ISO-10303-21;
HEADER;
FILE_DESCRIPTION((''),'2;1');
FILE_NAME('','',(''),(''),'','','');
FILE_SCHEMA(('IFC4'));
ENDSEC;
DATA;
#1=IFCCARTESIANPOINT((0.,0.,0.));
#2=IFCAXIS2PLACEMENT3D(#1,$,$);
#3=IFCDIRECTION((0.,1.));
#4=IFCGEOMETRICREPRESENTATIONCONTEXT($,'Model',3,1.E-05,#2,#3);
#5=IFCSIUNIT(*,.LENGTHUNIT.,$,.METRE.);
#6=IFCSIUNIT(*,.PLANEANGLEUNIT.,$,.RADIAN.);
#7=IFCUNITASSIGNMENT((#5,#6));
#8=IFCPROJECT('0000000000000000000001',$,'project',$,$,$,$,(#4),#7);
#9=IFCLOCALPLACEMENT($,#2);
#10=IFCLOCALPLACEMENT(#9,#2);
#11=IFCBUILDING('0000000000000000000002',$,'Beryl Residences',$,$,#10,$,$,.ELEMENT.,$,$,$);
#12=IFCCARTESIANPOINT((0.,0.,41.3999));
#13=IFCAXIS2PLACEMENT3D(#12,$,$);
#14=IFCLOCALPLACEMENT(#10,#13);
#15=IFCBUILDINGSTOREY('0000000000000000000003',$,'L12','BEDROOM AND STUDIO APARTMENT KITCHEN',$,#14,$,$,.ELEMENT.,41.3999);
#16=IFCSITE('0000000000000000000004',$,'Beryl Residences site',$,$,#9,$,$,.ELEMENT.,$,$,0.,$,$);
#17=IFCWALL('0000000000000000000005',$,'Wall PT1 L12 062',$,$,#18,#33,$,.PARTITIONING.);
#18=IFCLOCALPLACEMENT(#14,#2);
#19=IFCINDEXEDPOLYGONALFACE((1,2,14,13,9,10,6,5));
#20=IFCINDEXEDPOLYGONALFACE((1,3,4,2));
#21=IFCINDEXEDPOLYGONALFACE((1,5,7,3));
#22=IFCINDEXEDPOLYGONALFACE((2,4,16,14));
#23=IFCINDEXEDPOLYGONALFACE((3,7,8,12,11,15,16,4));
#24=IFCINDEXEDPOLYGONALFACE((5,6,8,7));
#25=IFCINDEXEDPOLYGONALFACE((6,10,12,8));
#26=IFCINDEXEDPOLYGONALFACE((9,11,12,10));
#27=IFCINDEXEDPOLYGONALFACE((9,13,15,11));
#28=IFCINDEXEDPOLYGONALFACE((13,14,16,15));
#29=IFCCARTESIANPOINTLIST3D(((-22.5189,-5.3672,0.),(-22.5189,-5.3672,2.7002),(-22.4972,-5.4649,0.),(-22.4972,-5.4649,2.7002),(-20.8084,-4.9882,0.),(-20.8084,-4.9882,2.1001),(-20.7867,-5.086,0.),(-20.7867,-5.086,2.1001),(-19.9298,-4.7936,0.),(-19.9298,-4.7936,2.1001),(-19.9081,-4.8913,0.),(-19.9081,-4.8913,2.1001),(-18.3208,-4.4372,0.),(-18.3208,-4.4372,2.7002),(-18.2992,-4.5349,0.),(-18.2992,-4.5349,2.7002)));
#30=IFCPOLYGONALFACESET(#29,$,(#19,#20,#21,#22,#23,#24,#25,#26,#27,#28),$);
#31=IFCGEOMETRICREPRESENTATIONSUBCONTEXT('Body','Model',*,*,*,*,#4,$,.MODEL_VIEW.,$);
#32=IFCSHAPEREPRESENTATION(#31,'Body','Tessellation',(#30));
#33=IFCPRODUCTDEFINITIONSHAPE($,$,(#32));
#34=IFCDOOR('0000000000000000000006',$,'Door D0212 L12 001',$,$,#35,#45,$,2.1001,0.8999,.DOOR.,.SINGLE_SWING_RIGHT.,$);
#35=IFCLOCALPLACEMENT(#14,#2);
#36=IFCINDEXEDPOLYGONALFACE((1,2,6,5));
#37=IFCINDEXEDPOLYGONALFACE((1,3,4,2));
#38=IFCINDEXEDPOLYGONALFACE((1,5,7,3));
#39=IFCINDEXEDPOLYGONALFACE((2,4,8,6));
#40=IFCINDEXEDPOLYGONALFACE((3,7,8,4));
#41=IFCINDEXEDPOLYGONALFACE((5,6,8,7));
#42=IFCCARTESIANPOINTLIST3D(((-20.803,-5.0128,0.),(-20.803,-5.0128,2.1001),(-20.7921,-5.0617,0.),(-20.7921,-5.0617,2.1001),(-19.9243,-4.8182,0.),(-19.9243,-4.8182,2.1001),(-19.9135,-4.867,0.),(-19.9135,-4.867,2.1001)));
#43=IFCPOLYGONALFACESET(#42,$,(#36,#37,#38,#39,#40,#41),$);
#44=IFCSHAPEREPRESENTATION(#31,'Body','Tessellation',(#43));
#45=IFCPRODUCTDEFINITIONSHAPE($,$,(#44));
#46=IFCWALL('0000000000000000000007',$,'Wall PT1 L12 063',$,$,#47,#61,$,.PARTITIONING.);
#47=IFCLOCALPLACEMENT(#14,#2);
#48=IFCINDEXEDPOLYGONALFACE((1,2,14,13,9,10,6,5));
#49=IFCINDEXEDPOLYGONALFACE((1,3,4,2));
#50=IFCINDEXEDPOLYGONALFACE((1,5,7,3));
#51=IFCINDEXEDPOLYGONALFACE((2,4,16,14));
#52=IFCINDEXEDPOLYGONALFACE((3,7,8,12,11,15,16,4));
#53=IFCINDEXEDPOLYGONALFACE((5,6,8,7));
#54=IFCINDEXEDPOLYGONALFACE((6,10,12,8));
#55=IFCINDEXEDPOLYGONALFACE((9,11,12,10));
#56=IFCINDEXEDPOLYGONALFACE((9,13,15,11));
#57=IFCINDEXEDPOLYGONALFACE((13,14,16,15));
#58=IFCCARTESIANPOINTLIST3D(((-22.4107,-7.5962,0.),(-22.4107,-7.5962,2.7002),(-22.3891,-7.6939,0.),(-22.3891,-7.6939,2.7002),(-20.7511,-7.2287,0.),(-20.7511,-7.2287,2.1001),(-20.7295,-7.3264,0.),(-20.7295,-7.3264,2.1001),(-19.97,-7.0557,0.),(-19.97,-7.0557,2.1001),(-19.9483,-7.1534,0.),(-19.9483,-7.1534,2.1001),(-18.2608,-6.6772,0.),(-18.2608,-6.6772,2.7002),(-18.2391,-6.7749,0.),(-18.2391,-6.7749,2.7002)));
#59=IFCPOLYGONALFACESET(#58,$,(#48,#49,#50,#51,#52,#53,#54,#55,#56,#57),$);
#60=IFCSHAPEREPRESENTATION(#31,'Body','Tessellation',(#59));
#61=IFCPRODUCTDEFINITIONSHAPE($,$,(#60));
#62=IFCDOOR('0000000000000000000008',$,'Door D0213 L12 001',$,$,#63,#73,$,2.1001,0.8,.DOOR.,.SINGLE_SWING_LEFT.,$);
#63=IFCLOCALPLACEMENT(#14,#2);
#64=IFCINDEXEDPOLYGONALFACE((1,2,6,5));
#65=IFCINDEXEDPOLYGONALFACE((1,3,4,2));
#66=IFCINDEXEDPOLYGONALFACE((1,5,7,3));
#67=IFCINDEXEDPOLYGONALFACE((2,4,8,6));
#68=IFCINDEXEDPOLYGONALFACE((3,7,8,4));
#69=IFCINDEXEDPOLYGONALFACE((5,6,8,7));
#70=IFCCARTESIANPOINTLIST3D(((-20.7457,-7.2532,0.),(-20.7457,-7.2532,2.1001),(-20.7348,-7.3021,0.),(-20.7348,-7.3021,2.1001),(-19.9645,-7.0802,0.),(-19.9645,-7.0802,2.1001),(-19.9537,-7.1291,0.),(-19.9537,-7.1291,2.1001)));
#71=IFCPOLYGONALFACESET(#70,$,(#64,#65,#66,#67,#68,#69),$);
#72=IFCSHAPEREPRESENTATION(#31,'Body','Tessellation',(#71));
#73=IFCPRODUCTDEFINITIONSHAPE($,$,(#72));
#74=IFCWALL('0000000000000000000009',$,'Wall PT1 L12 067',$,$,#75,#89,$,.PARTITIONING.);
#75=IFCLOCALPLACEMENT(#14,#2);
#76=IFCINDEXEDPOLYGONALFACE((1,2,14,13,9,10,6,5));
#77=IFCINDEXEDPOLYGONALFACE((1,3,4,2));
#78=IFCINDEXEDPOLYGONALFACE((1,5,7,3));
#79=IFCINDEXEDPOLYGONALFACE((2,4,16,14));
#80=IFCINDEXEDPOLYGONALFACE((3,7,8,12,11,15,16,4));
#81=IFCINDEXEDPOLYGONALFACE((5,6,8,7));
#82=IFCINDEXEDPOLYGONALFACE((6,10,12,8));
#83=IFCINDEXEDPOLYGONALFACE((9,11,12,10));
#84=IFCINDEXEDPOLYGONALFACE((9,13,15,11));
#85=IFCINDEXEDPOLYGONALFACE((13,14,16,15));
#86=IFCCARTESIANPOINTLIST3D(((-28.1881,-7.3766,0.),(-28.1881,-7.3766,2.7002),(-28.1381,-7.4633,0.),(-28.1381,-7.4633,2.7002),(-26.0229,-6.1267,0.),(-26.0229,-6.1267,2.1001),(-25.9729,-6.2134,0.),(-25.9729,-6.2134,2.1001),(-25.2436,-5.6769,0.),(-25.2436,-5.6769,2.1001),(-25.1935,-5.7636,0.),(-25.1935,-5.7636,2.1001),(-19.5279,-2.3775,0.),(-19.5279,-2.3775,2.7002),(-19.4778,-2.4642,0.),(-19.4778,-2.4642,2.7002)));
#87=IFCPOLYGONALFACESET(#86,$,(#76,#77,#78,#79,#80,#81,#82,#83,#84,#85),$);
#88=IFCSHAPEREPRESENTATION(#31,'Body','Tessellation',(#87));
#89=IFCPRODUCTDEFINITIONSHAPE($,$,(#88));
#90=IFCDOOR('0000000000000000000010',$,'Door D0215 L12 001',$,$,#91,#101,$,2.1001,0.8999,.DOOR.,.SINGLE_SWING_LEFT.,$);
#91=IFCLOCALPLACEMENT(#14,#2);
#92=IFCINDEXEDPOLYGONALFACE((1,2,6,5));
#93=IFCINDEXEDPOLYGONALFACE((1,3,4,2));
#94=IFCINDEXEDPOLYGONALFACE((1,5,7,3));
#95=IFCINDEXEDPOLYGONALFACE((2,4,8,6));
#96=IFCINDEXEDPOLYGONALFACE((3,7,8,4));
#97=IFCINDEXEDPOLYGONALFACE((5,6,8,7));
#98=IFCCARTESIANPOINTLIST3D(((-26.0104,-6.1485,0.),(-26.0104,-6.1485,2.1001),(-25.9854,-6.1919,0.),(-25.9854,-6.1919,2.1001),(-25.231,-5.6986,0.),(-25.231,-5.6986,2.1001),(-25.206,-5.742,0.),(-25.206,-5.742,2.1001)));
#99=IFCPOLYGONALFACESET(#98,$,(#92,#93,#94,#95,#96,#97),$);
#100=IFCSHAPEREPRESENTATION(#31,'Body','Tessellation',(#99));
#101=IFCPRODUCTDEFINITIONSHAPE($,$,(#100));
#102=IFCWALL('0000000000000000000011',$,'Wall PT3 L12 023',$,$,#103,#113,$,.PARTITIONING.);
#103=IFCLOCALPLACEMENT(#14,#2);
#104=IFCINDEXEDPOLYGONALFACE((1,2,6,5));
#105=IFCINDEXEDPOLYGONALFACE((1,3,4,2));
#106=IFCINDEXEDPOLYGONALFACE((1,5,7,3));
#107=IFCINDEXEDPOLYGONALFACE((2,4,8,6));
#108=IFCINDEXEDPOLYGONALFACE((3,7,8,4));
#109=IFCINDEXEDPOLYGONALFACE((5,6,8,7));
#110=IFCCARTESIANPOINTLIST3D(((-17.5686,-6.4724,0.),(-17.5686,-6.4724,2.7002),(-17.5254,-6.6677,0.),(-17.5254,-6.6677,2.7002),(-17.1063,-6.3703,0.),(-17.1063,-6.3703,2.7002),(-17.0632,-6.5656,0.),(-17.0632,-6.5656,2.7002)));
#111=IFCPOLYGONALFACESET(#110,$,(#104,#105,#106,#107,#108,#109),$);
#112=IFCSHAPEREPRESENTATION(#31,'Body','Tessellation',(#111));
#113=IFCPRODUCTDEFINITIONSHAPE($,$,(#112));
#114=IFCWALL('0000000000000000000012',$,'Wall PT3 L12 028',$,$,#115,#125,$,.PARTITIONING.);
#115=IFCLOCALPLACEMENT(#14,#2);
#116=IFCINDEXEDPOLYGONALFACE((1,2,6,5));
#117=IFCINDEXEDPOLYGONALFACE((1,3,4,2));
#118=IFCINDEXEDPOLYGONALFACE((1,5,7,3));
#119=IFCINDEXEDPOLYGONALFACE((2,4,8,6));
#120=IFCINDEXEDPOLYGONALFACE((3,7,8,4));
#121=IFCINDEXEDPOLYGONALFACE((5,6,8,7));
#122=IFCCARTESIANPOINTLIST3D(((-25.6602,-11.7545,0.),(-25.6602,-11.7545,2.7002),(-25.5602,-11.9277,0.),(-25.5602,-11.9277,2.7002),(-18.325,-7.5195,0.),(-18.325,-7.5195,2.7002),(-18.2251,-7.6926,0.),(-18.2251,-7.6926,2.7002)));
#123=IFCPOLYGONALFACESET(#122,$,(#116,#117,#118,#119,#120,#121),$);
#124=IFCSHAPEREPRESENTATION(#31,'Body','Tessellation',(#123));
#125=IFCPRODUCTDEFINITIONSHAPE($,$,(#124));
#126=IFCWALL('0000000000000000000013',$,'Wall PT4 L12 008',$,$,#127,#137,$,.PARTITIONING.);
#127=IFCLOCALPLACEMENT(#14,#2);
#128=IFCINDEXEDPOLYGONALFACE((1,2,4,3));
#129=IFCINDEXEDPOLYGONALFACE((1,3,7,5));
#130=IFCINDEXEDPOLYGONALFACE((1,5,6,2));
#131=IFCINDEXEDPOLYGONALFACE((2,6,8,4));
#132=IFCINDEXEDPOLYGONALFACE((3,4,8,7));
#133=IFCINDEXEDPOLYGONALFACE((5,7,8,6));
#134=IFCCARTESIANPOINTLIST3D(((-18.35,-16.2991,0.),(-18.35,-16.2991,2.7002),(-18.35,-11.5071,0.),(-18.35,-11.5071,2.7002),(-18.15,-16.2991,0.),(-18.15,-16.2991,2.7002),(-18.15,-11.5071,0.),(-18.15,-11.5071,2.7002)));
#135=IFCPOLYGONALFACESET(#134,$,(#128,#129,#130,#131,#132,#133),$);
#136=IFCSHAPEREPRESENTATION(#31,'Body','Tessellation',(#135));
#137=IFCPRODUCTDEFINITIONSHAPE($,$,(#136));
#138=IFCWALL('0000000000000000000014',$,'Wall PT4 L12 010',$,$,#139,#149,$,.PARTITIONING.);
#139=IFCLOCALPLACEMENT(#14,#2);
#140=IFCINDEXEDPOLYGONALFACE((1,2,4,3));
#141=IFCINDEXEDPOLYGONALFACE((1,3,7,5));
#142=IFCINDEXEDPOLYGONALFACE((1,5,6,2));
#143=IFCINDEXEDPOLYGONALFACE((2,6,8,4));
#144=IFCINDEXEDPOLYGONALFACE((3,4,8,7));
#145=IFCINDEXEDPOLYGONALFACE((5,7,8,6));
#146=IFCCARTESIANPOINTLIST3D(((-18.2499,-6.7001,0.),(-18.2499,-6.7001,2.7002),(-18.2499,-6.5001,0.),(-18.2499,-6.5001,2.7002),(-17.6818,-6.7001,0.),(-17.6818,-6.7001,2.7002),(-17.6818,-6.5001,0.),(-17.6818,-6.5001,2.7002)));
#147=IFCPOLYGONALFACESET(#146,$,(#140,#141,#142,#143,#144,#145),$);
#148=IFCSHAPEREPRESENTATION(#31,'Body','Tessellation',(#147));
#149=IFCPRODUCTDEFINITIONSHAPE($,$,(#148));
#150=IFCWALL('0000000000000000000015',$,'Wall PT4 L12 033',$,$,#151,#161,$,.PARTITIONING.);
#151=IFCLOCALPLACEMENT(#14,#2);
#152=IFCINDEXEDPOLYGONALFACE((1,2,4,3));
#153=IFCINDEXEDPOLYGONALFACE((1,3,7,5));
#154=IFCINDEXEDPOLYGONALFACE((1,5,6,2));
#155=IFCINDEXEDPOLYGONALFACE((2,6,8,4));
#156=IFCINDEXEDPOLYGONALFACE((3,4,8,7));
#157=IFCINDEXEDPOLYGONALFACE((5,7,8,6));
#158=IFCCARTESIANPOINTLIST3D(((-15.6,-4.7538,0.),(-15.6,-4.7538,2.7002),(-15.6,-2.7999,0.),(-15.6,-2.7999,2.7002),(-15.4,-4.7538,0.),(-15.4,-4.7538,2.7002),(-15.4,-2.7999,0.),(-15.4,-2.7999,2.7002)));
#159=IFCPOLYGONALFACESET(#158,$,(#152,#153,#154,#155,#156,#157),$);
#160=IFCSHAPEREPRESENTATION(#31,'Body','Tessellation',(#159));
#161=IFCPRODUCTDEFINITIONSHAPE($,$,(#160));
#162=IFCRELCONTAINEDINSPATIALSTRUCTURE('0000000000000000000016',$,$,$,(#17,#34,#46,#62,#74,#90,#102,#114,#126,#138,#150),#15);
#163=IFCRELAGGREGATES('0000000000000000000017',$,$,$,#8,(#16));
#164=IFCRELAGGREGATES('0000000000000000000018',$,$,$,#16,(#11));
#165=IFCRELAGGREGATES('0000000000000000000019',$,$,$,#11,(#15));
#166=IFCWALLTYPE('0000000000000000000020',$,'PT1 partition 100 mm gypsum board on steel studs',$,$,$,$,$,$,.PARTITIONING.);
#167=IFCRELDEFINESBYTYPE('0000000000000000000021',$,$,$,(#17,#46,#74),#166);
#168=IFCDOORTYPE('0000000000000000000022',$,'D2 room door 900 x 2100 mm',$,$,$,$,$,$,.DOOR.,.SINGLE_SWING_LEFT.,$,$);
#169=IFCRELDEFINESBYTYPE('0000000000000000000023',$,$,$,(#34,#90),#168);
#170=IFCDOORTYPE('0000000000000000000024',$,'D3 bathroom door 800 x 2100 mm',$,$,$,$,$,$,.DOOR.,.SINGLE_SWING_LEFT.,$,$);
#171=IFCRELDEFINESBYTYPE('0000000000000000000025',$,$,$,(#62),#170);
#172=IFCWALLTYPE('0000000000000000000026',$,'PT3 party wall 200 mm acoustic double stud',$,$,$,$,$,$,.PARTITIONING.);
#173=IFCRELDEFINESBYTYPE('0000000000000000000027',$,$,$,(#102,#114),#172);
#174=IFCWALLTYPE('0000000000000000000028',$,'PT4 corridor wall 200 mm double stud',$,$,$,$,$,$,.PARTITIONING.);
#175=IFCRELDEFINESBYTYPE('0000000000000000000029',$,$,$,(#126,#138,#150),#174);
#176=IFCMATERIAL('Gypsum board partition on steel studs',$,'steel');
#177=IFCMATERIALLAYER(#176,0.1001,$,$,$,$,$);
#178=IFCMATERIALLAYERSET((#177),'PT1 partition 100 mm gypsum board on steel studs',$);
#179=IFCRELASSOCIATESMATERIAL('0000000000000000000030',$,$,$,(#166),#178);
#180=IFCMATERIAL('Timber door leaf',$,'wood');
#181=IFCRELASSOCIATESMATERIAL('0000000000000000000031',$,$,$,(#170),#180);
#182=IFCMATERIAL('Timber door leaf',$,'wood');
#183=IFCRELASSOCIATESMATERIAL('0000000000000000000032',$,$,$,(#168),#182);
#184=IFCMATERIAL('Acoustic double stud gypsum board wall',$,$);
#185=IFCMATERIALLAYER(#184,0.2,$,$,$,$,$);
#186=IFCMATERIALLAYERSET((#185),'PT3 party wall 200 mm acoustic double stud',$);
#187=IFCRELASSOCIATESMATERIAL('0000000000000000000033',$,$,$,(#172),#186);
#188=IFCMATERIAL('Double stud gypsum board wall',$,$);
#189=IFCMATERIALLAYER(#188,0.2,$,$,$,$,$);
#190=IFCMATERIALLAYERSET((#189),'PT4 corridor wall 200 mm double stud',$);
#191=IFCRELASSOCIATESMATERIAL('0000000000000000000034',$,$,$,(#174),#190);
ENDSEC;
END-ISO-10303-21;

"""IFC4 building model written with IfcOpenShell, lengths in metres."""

from ifc_helpers import new_model, si_unit, direction, frame, frame_2d, origin, place, context, subcontext, project, spatial, rectangle, extrude, material, layer, layer_set, type_object, element, fill, save


model = new_model("IFC4")

# Units and contexts
model_context = context("Model", 3, precision=1e-05, world=origin(), true_north=direction((0.0, 1.0)))
body_context = subcontext(model_context, "Body", "Model", "MODEL_VIEW")
ifc_project = project(units=[si_unit("LENGTHUNIT", "METRE"), si_unit("PLANEANGLEUNIT", "RADIAN")], contexts=[model_context])

# Site, building, storey
site_placement = place(None, origin())
site = spatial("IfcSite", under=ifc_project, at=site_placement, Name="Beryl Residences site", CompositionType="ELEMENT", RefElevation=0.0)
building_placement = place(site_placement, origin())
building = spatial("IfcBuilding", under=site, at=building_placement, Name="Beryl Residences", CompositionType="ELEMENT")
storey_placement = place(building_placement, frame((0.0, 0.0, 41.3999)))
storey = spatial("IfcBuildingStorey", under=building, at=storey_placement, Name="L12", Description="BEDROOM AND STUDIO APARTMENT KITCHEN", CompositionType="ELEMENT", Elevation=41.3999)

# Shared definitions
ifc_material_1 = material(Name="Gypsum board partition on steel studs", Category="steel")
ifc_layer_1 = layer(ifc_material_1, 0.1001)
ifc_layer_set_1 = layer_set([ifc_layer_1], Name="PT1 partition 100 mm gypsum board on steel studs")
wall_type_1 = type_object("IfcWallType", Name="PT1 partition 100 mm gypsum board on steel studs", PredefinedType="PARTITIONING", material=ifc_layer_set_1)

# Walls, openings, doors
ifc_material_2 = material(Name="Timber door leaf", Category="wood")
door_type_1 = type_object("IfcDoorType", Name="D3 bathroom door 800 x 2100 mm", OperationType="SINGLE_SWING_LEFT", PredefinedType="DOOR", material=ifc_material_2)
ifc_material_3 = material(Name="Timber door leaf", Category="wood")
door_type_2 = type_object("IfcDoorType", Name="D2 room door 900 x 2100 mm", OperationType="SINGLE_SWING_LEFT", PredefinedType="DOOR", material=ifc_material_3)
wall_1_placement = place(storey_placement, frame((-22.5081, -5.416, 0.0), z_axis=(0.0, 0.0, 1.0), x_axis=(0.976332, 0.216275, 0.0)))
wall_1 = element("IfcWall", 1, at=wall_1_placement, inside=storey, type_object=wall_type_1, Name="Wall PT1 L12 062", PredefinedType="PARTITIONING", context=body_context, shape_type="SweptSolid", body=[
    extrude(rectangle(XDim=4.2998, YDim=0.1001, at=frame_2d((2.1499, 0.0))), origin(), (0.0, 0.0, 1.0), 2.7002),
])
opening_1_placement = place(wall_1_placement, frame((1.752, 0.0, 0.0)))
opening_1 = element("IfcOpeningElement", 2, at=opening_1_placement, cuts=wall_1, PredefinedType="OPENING", context=body_context, shape_type="SweptSolid", body=[
    extrude(rectangle(XDim=0.8999, YDim=2.1001, at=frame_2d((0.45, 1.05))), frame((0.0, 0.0601, 0.0), z_axis=(0.0, -1.0, 0.0), x_axis=(1.0, 0.0, 0.0)), (0.0, 0.0, 1.0), 0.1201),
])
door_1_placement = place(opening_1_placement, origin())
door_1 = element("IfcDoor", 3, at=door_1_placement, inside=storey, type_object=door_type_2, Name="Door D0212 L12 001", OperationType="SINGLE_SWING_RIGHT", OverallHeight=2.1001, OverallWidth=0.8999, PredefinedType="DOOR", context=body_context, shape_type="SweptSolid", body=[
    extrude(rectangle(XDim=0.8999, YDim=2.1001, at=frame_2d((0.45, 1.05))), frame((0.0, 0.0249, 0.0), z_axis=(0.0, -1.0, 0.0), x_axis=(1.0, 0.0, 0.0)), (0.0, 0.0, 1.0), 0.05),
])
fill(opening_1, door_1)
wall_2_placement = place(storey_placement, frame((-22.3999, -7.645, 0.0), z_axis=(0.0, 0.0, 1.0), x_axis=(0.976349, 0.216201, 0.0)))
wall_2 = element("IfcWall", 4, at=wall_2_placement, inside=storey, type_object=wall_type_1, Name="Wall PT1 L12 063", PredefinedType="PARTITIONING", context=body_context, shape_type="SweptSolid", body=[
    extrude(rectangle(XDim=4.2505, YDim=0.1001, at=frame_2d((2.1252, 0.0))), origin(), (0.0, 0.0, 1.0), 2.7002),
])
opening_2_placement = place(wall_2_placement, frame((1.7, 0.0, 0.0)))
opening_2 = element("IfcOpeningElement", 5, at=opening_2_placement, cuts=wall_2, PredefinedType="OPENING", context=body_context, shape_type="SweptSolid", body=[
    extrude(rectangle(XDim=0.8, YDim=2.1001, at=frame_2d((0.3999, 1.05))), frame((0.0, 0.0601, 0.0), z_axis=(0.0, -1.0, 0.0), x_axis=(1.0, 0.0, 0.0)), (0.0, 0.0, 1.0), 0.1201),
])
door_2_placement = place(opening_2_placement, origin())
door_2 = element("IfcDoor", 6, at=door_2_placement, inside=storey, type_object=door_type_1, Name="Door D0213 L12 001", OperationType="SINGLE_SWING_LEFT", OverallHeight=2.1001, OverallWidth=0.8, PredefinedType="DOOR", context=body_context, shape_type="SweptSolid", body=[
    extrude(rectangle(XDim=0.8, YDim=2.1001, at=frame_2d((0.3999, 1.05))), frame((0.0, 0.0249, 0.0), z_axis=(0.0, -1.0, 0.0), x_axis=(1.0, 0.0, 0.0)), (0.0, 0.0, 1.0), 0.05),
])
fill(opening_2, door_2)
wall_3_placement = place(storey_placement, frame((-28.1631, -7.4199, 0.0), z_axis=(0.0, 0.0, 1.0), x_axis=(0.866065, 0.499931, 0.0)))
wall_3 = element("IfcWall", 7, at=wall_3_placement, inside=storey, type_object=wall_type_1, Name="Wall PT1 L12 067", PredefinedType="PARTITIONING", context=body_context, shape_type="SweptSolid", body=[
    extrude(rectangle(XDim=9.9995, YDim=0.1001, at=frame_2d((4.9998, 0.0))), origin(), (0.0, 0.0, 1.0), 2.7002),
])
opening_3_placement = place(wall_3_placement, frame((2.5, 0.0, 0.0)))
opening_3 = element("IfcOpeningElement", 8, at=opening_3_placement, cuts=wall_3, PredefinedType="OPENING", context=body_context, shape_type="SweptSolid", body=[
    extrude(rectangle(XDim=0.8999, YDim=2.1001, at=frame_2d((0.45, 1.05))), frame((0.0, 0.0601, 0.0), z_axis=(0.0, -1.0, 0.0), x_axis=(1.0, 0.0, 0.0)), (0.0, 0.0, 1.0), 0.1201),
])
door_3_placement = place(opening_3_placement, origin())
door_3 = element("IfcDoor", 9, at=door_3_placement, inside=storey, type_object=door_type_2, Name="Door D0215 L12 001", OperationType="SINGLE_SWING_LEFT", OverallHeight=2.1001, OverallWidth=0.8999, PredefinedType="DOOR", context=body_context, shape_type="SweptSolid", body=[
    extrude(rectangle(XDim=0.8999, YDim=2.1001, at=frame_2d((0.45, 1.05))), frame((0.0, 0.0249, 0.0), z_axis=(0.0, -1.0, 0.0), x_axis=(1.0, 0.0, 0.0)), (0.0, 0.0, 1.0), 0.05),
])
fill(opening_3, door_3)

# Walls
ifc_material_4 = material(Name="Acoustic double stud gypsum board wall")
ifc_layer_2 = layer(ifc_material_4, 0.2)
ifc_layer_set_2 = layer_set([ifc_layer_2], Name="PT3 party wall 200 mm acoustic double stud")
wall_type_2 = type_object("IfcWallType", Name="PT3 party wall 200 mm acoustic double stud", PredefinedType="PARTITIONING", material=ifc_layer_set_2)
wall_4_placement = place(storey_placement, frame((-17.5471, -6.5701, 0.0), z_axis=(0.0, 0.0, 1.0), x_axis=(0.976477, 0.215619, 0.0)))
element("IfcWall", 10, at=wall_4_placement, inside=storey, type_object=wall_type_2, Name="Wall PT3 L12 023", PredefinedType="PARTITIONING", context=body_context, shape_type="SweptSolid", body=[
    extrude(rectangle(XDim=0.4734, YDim=0.2, at=frame_2d((0.2368, 0.0))), origin(), (0.0, 0.0, 1.0), 2.7002),
])
wall_5_placement = place(storey_placement, frame((-25.6101, -11.8411, 0.0), z_axis=(0.0, 0.0, 1.0), x_axis=(0.866019, 0.500011, 0.0)))
element("IfcWall", 11, at=wall_5_placement, inside=storey, type_object=wall_type_2, Name="Wall PT3 L12 028", PredefinedType="PARTITIONING", context=body_context, shape_type="SweptSolid", body=[
    extrude(rectangle(XDim=8.47, YDim=0.2, at=frame_2d((4.2349, 0.0))), origin(), (0.0, 0.0, 1.0), 2.7002),
])
ifc_material_5 = material(Name="Double stud gypsum board wall")
ifc_layer_3 = layer(ifc_material_5, 0.2)
ifc_layer_set_3 = layer_set([ifc_layer_3], Name="PT4 corridor wall 200 mm double stud")
wall_type_3 = type_object("IfcWallType", Name="PT4 corridor wall 200 mm double stud", PredefinedType="PARTITIONING", material=ifc_layer_set_3)
wall_6_placement = place(storey_placement, frame((-18.25, -11.5071, 0.0), z_axis=(0.0, 0.0, 1.0), x_axis=(0.0, -1.0, 0.0)))
element("IfcWall", 12, at=wall_6_placement, inside=storey, type_object=wall_type_3, Name="Wall PT4 L12 008", PredefinedType="PARTITIONING", context=body_context, shape_type="SweptSolid", body=[
    extrude(rectangle(XDim=4.792, YDim=0.2, at=frame_2d((2.396, 0.0))), origin(), (0.0, 0.0, 1.0), 2.7002),
])
wall_7_placement = place(storey_placement, frame((-18.25, -6.6001, 0.0), z_axis=(0.0, 0.0, 1.0), x_axis=(1.0, 0.0, 0.0)))
element("IfcWall", 13, at=wall_7_placement, inside=storey, type_object=wall_type_3, Name="Wall PT4 L12 010", PredefinedType="PARTITIONING", context=body_context, shape_type="SweptSolid", body=[
    extrude(rectangle(XDim=0.5681, YDim=0.2, at=frame_2d((0.2842, 0.0))), origin(), (0.0, 0.0, 1.0), 2.7002),
])
wall_8_placement = place(storey_placement, frame((-15.5, -4.7539, 0.0), z_axis=(0.0, 0.0, 1.0), x_axis=(0.0, 1.0, 0.0)))
element("IfcWall", 14, at=wall_8_placement, inside=storey, type_object=wall_type_3, Name="Wall PT4 L12 033", PredefinedType="PARTITIONING", context=body_context, shape_type="SweptSolid", body=[
    extrude(rectangle(XDim=1.9539, YDim=0.2, at=frame_2d((0.9771, 0.0))), origin(), (0.0, 0.0, 1.0), 2.7002),
])

save(model, "model.ifc")
